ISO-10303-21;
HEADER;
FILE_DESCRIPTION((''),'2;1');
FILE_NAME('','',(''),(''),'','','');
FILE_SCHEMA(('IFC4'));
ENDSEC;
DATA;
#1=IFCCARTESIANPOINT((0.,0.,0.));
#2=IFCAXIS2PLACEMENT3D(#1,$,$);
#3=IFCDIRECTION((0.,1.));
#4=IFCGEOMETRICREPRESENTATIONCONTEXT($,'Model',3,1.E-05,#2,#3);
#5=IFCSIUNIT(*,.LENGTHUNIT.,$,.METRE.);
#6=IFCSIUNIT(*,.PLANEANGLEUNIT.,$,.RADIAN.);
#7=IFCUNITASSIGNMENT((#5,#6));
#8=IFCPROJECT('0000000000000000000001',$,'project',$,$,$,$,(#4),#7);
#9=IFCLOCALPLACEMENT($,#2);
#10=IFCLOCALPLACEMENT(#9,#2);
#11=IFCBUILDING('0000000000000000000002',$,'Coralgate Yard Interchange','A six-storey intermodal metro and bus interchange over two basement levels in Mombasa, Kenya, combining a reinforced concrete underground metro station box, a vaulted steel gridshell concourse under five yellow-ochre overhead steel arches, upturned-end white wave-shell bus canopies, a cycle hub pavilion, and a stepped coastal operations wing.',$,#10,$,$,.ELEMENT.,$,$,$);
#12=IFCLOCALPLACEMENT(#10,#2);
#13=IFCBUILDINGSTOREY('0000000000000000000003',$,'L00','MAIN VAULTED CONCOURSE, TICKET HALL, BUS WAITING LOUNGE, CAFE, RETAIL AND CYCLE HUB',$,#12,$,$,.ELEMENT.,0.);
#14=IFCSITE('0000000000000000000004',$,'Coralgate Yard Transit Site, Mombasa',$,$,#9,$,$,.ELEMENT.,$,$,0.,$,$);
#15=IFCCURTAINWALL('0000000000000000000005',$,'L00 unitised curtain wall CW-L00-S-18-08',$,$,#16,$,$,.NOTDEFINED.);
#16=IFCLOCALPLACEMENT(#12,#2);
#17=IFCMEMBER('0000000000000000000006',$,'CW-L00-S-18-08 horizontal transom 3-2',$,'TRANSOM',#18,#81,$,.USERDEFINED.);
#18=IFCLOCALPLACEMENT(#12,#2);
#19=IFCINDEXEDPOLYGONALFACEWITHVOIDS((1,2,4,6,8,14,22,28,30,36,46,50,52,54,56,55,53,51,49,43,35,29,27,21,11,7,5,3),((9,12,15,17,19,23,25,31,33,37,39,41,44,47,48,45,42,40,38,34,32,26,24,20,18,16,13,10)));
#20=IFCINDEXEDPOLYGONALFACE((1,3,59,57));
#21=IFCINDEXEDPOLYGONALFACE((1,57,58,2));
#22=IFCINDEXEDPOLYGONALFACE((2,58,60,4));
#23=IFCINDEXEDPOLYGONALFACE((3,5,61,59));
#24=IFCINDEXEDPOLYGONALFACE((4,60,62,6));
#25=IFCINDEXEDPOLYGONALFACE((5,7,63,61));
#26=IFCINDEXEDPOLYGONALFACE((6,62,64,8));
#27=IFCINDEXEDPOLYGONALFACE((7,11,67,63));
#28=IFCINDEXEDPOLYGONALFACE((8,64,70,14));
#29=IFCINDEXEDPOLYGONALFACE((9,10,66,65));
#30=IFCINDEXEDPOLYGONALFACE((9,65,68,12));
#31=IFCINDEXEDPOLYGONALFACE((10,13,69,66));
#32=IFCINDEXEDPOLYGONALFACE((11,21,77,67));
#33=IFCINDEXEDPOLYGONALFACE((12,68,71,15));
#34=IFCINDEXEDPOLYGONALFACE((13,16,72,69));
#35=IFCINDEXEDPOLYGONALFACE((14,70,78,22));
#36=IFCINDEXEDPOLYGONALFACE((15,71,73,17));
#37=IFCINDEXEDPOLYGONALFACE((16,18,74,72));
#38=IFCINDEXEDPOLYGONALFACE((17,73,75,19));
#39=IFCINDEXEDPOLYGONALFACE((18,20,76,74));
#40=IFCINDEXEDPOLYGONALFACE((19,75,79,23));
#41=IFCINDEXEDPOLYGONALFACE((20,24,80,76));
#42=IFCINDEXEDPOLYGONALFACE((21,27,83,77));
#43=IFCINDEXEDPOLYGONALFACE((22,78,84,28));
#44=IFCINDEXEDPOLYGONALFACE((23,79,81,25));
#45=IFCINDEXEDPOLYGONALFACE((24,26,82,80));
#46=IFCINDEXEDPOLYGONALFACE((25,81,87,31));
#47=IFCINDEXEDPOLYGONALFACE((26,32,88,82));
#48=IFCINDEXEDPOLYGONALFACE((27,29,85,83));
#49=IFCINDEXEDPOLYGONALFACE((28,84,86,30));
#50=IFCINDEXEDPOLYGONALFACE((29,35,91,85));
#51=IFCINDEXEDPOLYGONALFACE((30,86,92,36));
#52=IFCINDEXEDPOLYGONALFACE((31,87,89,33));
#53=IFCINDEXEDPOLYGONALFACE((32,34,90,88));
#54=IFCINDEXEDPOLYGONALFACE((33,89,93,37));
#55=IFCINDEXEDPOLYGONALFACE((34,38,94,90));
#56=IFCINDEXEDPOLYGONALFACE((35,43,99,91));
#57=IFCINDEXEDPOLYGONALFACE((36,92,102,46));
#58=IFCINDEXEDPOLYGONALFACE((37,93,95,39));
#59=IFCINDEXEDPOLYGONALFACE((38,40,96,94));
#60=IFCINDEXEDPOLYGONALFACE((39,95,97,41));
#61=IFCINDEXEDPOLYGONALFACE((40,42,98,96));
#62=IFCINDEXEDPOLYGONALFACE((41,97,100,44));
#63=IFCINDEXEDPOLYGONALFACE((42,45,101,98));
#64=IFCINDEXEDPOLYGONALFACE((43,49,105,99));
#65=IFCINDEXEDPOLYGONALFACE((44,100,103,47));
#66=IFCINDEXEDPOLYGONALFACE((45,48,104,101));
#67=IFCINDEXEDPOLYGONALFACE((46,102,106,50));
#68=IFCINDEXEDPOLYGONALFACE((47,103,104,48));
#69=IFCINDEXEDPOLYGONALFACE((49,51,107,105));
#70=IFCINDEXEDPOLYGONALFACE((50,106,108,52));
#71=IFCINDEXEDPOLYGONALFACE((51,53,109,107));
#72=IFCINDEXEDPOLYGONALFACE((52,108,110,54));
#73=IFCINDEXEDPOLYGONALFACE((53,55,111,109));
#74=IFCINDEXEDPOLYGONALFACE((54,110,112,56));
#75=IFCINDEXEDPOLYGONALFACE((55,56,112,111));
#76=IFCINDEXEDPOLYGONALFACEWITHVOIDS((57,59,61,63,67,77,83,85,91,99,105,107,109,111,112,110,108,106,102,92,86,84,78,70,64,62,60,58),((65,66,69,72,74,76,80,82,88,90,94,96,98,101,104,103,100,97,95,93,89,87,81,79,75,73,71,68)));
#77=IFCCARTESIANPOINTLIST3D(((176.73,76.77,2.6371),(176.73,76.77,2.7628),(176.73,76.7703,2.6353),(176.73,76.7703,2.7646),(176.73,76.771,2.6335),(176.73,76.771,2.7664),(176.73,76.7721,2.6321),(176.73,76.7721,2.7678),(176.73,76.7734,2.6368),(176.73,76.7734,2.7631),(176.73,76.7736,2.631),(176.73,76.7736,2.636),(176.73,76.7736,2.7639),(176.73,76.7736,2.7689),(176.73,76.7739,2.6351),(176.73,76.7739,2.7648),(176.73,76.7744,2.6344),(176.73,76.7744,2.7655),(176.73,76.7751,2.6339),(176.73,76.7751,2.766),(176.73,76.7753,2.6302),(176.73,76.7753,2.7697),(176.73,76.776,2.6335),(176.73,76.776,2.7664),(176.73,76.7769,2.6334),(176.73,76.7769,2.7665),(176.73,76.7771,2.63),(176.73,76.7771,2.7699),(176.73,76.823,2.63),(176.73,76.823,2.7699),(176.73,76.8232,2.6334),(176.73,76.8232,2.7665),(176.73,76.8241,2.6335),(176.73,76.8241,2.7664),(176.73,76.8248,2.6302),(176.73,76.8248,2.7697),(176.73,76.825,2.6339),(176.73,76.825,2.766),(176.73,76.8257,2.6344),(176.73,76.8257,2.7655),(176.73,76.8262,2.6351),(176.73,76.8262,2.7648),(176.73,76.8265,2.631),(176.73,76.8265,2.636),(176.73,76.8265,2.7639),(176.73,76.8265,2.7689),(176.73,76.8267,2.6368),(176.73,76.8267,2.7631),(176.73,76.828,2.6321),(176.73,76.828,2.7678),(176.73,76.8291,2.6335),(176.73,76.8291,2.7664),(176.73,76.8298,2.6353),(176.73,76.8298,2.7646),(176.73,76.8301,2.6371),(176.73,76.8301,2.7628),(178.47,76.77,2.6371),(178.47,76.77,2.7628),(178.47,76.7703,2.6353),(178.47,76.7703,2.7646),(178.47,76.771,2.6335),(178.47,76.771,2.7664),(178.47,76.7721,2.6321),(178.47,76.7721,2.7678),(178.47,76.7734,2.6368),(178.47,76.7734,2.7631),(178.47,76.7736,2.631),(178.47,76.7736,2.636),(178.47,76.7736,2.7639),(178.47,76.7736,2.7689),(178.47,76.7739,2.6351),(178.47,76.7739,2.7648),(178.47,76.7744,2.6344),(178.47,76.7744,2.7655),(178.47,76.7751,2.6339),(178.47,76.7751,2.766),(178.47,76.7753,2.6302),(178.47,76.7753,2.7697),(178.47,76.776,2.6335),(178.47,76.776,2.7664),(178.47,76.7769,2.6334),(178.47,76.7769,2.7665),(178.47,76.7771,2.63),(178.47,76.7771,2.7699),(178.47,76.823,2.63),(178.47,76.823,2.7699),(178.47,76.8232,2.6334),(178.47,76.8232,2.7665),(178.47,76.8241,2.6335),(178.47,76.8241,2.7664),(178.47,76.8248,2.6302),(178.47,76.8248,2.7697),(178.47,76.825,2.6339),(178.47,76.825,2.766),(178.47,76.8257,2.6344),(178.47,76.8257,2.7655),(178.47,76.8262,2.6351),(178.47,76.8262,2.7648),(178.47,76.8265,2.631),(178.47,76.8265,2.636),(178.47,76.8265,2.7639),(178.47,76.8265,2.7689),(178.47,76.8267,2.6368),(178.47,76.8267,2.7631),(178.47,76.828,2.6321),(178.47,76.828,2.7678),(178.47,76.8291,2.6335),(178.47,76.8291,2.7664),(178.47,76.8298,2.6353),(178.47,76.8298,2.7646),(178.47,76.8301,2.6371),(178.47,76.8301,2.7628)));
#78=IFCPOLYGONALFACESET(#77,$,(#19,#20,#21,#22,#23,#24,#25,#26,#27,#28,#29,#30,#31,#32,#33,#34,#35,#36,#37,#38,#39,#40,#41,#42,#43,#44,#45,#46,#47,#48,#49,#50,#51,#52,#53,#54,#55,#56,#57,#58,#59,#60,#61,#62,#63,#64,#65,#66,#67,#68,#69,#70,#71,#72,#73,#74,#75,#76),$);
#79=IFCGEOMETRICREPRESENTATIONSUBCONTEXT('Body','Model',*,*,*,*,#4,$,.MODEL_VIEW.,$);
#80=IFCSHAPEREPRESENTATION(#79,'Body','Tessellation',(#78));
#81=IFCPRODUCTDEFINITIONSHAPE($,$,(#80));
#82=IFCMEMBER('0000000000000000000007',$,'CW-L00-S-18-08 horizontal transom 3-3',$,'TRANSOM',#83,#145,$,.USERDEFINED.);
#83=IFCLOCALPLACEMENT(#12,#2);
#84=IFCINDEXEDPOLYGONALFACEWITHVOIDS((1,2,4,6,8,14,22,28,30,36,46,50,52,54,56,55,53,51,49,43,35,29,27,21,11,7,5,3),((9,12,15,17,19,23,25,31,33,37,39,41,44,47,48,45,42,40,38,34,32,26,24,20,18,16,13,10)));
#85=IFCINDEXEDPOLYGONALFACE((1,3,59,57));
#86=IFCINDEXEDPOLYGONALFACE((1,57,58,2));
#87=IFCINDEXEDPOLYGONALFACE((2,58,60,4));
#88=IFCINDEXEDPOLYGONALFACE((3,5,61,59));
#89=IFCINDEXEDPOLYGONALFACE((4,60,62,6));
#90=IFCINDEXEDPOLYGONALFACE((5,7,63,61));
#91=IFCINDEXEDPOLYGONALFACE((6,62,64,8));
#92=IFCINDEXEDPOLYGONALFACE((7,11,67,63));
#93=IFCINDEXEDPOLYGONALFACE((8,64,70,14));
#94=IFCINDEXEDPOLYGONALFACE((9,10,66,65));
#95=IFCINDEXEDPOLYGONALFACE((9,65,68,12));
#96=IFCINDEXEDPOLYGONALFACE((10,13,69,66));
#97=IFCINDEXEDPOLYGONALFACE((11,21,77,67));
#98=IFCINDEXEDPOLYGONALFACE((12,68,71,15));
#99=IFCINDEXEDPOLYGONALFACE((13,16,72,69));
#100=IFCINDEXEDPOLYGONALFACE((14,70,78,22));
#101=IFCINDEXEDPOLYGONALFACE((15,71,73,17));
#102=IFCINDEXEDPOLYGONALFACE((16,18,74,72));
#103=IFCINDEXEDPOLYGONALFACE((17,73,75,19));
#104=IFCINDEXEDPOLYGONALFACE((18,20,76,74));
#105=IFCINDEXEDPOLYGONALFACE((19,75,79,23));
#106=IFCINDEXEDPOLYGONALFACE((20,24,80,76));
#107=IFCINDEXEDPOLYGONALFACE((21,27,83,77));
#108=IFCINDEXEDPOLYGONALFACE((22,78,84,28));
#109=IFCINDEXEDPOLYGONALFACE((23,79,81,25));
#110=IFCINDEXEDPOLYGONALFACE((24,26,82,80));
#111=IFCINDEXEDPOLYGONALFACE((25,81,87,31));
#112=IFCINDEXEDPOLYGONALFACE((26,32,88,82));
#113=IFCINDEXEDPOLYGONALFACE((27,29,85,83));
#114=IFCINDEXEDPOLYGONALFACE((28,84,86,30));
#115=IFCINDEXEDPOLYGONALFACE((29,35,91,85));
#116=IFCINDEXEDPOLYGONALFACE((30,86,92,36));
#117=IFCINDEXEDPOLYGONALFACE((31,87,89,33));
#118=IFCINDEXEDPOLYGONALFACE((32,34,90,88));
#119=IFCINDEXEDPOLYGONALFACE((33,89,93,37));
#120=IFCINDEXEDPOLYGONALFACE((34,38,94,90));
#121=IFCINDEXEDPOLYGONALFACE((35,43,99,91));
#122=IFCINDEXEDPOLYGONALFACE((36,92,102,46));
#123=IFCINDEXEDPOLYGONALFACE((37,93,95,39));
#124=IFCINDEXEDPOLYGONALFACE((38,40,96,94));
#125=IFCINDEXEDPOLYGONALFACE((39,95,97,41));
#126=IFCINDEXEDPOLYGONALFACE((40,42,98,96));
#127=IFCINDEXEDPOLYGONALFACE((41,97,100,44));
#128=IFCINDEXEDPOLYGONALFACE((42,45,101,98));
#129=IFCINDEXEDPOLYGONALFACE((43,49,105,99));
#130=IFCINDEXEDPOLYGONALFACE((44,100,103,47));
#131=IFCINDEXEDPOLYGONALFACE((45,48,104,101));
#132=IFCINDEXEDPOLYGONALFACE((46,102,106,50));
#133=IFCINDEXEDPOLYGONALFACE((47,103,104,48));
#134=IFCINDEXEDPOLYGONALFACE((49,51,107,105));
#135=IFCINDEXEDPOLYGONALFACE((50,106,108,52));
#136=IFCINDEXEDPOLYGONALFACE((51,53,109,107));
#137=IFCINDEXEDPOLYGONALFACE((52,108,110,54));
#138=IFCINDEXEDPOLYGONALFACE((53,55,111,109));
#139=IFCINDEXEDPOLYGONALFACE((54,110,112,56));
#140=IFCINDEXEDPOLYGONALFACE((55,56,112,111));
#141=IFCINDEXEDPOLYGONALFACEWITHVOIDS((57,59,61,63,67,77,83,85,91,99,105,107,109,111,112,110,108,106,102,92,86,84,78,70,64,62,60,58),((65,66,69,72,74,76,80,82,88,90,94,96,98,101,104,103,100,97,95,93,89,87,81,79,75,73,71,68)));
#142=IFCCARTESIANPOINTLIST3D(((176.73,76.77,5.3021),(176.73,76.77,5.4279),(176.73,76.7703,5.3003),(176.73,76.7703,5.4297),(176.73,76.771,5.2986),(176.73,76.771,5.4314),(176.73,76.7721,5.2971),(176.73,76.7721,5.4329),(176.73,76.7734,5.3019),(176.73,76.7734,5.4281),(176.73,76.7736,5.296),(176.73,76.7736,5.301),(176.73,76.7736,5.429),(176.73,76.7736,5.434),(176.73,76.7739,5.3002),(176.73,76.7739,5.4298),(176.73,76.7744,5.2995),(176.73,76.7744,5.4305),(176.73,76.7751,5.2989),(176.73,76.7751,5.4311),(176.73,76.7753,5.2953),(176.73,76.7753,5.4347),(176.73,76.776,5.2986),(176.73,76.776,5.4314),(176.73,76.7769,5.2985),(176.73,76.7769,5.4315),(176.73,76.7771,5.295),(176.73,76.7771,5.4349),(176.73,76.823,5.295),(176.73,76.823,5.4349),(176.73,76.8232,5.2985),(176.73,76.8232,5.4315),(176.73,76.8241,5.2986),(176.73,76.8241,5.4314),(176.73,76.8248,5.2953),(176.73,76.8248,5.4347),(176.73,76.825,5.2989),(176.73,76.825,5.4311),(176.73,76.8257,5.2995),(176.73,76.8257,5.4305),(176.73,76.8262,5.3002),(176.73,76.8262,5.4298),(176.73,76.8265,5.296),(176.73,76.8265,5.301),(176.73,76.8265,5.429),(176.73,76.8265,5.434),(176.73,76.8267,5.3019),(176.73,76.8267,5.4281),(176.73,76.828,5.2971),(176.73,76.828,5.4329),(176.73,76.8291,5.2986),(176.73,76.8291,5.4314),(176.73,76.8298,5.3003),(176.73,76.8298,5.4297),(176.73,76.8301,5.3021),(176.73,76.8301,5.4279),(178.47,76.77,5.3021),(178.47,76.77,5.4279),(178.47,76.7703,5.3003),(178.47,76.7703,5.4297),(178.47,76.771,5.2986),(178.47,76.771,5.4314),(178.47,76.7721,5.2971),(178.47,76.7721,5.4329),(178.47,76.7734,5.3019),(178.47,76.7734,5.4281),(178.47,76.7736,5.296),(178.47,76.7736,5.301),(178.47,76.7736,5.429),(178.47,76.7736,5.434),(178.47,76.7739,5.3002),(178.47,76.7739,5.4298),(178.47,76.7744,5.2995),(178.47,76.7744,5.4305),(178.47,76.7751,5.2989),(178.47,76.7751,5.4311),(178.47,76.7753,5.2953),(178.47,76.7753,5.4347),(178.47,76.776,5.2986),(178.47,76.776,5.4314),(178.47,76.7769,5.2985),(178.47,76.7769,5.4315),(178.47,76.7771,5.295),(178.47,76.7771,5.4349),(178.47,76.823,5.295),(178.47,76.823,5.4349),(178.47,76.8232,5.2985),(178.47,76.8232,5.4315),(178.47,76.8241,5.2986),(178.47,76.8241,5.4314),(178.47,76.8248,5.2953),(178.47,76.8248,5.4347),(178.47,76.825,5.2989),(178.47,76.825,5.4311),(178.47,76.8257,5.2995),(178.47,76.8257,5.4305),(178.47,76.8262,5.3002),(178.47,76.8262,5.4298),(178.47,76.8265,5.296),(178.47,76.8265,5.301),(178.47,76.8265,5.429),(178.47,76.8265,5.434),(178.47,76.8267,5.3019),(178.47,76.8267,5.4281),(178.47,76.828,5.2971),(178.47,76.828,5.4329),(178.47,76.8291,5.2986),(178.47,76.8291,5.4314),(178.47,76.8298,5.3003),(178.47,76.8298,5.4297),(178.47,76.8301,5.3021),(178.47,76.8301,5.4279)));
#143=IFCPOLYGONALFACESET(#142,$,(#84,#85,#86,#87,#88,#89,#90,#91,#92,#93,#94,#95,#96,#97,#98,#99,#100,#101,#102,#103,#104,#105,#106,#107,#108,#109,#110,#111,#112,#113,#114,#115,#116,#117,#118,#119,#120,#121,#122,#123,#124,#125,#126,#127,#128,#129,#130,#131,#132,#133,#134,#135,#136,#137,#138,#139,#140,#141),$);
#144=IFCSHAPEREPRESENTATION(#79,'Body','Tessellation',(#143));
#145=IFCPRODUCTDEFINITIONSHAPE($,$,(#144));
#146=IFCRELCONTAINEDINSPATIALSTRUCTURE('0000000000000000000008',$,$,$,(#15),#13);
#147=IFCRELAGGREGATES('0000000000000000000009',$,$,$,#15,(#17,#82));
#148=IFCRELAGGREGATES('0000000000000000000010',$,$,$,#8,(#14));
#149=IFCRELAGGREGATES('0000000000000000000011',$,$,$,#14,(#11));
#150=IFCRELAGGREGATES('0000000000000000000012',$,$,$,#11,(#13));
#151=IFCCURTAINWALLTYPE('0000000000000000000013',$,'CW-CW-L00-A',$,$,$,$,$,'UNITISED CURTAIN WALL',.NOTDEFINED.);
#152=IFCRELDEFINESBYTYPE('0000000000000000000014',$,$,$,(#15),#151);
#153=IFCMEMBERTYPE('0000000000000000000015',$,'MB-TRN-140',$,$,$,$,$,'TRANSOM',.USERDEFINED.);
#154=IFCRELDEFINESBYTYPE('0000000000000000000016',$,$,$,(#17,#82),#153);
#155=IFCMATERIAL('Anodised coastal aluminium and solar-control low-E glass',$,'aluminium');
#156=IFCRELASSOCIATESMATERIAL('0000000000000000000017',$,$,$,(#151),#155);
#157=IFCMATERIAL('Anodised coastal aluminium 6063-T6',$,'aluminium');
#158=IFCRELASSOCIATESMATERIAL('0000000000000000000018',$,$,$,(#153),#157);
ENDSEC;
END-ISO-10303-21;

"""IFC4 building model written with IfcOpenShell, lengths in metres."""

from ifc_helpers import new_model, si_unit, direction, frame, origin, origin_2d, place, context, subcontext, project, spatial, hollow_rectangle, extrude, material, material_profile, profile_set, type_object, element, aggregate, save


model = new_model("IFC4")

# Units and contexts
model_context = context("Model", 3, precision=1e-05, world=origin(), true_north=direction((0.0, 1.0)))
body_context = subcontext(model_context, "Body", "Model", "MODEL_VIEW")
ifc_project = project(units=[si_unit("LENGTHUNIT", "METRE"), si_unit("PLANEANGLEUNIT", "RADIAN")], contexts=[model_context])

# Site, building, storey
site_placement = place(None, origin())
site = spatial("IfcSite", under=ifc_project, at=site_placement, Name="Coralgate Yard Transit Site, Mombasa", CompositionType="ELEMENT", RefElevation=0.0)
building_placement = place(site_placement, origin())
building = spatial("IfcBuilding", under=site, at=building_placement, Name="Coralgate Yard Interchange", Description="A six-storey intermodal metro and bus interchange over two basement levels in Mombasa, Kenya, combining a reinforced concrete underground metro station box, a vaulted steel gridshell concourse under five yellow-ochre overhead steel arches, upturned-end white wave-shell bus canopies, a cycle hub pavilion, and a stepped coastal operations wing.", CompositionType="ELEMENT")
storey_placement = place(building_placement, origin())
storey = spatial("IfcBuildingStorey", under=building, at=storey_placement, Name="L00", Description="MAIN VAULTED CONCOURSE, TICKET HALL, BUS WAITING LOUNGE, CAFE, RETAIL AND CYCLE HUB", CompositionType="ELEMENT", Elevation=0.0)

# Shared definitions
ifc_material_1 = material(Name="Anodised coastal aluminium and solar-control low-E glass", Category="aluminium")
ifc_material_2 = material(Name="Anodised coastal aluminium 6063-T6", Category="aluminium")

# Curtain wall, members
curtain_wall_type_1 = type_object("IfcCurtainWallType", Name="CW-CW-L00-A", ElementType="UNITISED CURTAIN WALL", PredefinedType="NOTDEFINED", material=ifc_material_1)
curtain_wall_1_placement = place(storey_placement, origin())
curtain_wall_1 = element("IfcCurtainWall", 1, at=curtain_wall_1_placement, inside=storey, type_object=curtain_wall_type_1, Name="L00 unitised curtain wall CW-L00-S-18-08", PredefinedType="NOTDEFINED")
ifc_material_profile_1 = material_profile(ifc_material_2, hollow_rectangle(XDim=0.0601, YDim=0.1399, WallThickness=0.0034, InnerFilletRadius=0.0034, OuterFilletRadius=0.0071, at=origin_2d()), Name="ALU 60x140x3.5")
ifc_profile_set_1 = profile_set([ifc_material_profile_1], Name="Anodised coastal aluminium 6063-T6")
member_type_1 = type_object("IfcMemberType", Name="MB-TRN-140", ElementType="TRANSOM", PredefinedType="USERDEFINED", material=ifc_profile_set_1)
member_1_placement = place(storey_placement, frame((178.47, 76.8, 2.7), z_axis=(-1.0, 0.0, 0.0), x_axis=(0.0, -1.0, 0.0)))
member_1 = element("IfcMember", 2, at=member_1_placement, type_object=member_type_1, Name="CW-L00-S-18-08 horizontal transom 3-2", ObjectType="TRANSOM", PredefinedType="USERDEFINED", context=body_context, shape_type="SweptSolid", body=[
    extrude(hollow_rectangle(XDim=0.0601, YDim=0.1399, WallThickness=0.0034, InnerFilletRadius=0.0034, OuterFilletRadius=0.0071, at=origin_2d()), origin(), (0.0, 0.0, 1.0), 1.74),
])
member_2_placement = place(storey_placement, frame((178.47, 76.8, 5.365), z_axis=(-1.0, 0.0, 0.0), x_axis=(0.0, -1.0, 0.0)))
member_2 = element("IfcMember", 3, at=member_2_placement, type_object=member_type_1, Name="CW-L00-S-18-08 horizontal transom 3-3", ObjectType="TRANSOM", PredefinedType="USERDEFINED", context=body_context, shape_type="SweptSolid", body=[
    extrude(hollow_rectangle(XDim=0.0601, YDim=0.1399, WallThickness=0.0034, InnerFilletRadius=0.0034, OuterFilletRadius=0.0071, at=origin_2d()), origin(), (0.0, 0.0, 1.0), 1.74),
])
aggregate(curtain_wall_1, [member_1, member_2])

save(model, "model.ifc")
